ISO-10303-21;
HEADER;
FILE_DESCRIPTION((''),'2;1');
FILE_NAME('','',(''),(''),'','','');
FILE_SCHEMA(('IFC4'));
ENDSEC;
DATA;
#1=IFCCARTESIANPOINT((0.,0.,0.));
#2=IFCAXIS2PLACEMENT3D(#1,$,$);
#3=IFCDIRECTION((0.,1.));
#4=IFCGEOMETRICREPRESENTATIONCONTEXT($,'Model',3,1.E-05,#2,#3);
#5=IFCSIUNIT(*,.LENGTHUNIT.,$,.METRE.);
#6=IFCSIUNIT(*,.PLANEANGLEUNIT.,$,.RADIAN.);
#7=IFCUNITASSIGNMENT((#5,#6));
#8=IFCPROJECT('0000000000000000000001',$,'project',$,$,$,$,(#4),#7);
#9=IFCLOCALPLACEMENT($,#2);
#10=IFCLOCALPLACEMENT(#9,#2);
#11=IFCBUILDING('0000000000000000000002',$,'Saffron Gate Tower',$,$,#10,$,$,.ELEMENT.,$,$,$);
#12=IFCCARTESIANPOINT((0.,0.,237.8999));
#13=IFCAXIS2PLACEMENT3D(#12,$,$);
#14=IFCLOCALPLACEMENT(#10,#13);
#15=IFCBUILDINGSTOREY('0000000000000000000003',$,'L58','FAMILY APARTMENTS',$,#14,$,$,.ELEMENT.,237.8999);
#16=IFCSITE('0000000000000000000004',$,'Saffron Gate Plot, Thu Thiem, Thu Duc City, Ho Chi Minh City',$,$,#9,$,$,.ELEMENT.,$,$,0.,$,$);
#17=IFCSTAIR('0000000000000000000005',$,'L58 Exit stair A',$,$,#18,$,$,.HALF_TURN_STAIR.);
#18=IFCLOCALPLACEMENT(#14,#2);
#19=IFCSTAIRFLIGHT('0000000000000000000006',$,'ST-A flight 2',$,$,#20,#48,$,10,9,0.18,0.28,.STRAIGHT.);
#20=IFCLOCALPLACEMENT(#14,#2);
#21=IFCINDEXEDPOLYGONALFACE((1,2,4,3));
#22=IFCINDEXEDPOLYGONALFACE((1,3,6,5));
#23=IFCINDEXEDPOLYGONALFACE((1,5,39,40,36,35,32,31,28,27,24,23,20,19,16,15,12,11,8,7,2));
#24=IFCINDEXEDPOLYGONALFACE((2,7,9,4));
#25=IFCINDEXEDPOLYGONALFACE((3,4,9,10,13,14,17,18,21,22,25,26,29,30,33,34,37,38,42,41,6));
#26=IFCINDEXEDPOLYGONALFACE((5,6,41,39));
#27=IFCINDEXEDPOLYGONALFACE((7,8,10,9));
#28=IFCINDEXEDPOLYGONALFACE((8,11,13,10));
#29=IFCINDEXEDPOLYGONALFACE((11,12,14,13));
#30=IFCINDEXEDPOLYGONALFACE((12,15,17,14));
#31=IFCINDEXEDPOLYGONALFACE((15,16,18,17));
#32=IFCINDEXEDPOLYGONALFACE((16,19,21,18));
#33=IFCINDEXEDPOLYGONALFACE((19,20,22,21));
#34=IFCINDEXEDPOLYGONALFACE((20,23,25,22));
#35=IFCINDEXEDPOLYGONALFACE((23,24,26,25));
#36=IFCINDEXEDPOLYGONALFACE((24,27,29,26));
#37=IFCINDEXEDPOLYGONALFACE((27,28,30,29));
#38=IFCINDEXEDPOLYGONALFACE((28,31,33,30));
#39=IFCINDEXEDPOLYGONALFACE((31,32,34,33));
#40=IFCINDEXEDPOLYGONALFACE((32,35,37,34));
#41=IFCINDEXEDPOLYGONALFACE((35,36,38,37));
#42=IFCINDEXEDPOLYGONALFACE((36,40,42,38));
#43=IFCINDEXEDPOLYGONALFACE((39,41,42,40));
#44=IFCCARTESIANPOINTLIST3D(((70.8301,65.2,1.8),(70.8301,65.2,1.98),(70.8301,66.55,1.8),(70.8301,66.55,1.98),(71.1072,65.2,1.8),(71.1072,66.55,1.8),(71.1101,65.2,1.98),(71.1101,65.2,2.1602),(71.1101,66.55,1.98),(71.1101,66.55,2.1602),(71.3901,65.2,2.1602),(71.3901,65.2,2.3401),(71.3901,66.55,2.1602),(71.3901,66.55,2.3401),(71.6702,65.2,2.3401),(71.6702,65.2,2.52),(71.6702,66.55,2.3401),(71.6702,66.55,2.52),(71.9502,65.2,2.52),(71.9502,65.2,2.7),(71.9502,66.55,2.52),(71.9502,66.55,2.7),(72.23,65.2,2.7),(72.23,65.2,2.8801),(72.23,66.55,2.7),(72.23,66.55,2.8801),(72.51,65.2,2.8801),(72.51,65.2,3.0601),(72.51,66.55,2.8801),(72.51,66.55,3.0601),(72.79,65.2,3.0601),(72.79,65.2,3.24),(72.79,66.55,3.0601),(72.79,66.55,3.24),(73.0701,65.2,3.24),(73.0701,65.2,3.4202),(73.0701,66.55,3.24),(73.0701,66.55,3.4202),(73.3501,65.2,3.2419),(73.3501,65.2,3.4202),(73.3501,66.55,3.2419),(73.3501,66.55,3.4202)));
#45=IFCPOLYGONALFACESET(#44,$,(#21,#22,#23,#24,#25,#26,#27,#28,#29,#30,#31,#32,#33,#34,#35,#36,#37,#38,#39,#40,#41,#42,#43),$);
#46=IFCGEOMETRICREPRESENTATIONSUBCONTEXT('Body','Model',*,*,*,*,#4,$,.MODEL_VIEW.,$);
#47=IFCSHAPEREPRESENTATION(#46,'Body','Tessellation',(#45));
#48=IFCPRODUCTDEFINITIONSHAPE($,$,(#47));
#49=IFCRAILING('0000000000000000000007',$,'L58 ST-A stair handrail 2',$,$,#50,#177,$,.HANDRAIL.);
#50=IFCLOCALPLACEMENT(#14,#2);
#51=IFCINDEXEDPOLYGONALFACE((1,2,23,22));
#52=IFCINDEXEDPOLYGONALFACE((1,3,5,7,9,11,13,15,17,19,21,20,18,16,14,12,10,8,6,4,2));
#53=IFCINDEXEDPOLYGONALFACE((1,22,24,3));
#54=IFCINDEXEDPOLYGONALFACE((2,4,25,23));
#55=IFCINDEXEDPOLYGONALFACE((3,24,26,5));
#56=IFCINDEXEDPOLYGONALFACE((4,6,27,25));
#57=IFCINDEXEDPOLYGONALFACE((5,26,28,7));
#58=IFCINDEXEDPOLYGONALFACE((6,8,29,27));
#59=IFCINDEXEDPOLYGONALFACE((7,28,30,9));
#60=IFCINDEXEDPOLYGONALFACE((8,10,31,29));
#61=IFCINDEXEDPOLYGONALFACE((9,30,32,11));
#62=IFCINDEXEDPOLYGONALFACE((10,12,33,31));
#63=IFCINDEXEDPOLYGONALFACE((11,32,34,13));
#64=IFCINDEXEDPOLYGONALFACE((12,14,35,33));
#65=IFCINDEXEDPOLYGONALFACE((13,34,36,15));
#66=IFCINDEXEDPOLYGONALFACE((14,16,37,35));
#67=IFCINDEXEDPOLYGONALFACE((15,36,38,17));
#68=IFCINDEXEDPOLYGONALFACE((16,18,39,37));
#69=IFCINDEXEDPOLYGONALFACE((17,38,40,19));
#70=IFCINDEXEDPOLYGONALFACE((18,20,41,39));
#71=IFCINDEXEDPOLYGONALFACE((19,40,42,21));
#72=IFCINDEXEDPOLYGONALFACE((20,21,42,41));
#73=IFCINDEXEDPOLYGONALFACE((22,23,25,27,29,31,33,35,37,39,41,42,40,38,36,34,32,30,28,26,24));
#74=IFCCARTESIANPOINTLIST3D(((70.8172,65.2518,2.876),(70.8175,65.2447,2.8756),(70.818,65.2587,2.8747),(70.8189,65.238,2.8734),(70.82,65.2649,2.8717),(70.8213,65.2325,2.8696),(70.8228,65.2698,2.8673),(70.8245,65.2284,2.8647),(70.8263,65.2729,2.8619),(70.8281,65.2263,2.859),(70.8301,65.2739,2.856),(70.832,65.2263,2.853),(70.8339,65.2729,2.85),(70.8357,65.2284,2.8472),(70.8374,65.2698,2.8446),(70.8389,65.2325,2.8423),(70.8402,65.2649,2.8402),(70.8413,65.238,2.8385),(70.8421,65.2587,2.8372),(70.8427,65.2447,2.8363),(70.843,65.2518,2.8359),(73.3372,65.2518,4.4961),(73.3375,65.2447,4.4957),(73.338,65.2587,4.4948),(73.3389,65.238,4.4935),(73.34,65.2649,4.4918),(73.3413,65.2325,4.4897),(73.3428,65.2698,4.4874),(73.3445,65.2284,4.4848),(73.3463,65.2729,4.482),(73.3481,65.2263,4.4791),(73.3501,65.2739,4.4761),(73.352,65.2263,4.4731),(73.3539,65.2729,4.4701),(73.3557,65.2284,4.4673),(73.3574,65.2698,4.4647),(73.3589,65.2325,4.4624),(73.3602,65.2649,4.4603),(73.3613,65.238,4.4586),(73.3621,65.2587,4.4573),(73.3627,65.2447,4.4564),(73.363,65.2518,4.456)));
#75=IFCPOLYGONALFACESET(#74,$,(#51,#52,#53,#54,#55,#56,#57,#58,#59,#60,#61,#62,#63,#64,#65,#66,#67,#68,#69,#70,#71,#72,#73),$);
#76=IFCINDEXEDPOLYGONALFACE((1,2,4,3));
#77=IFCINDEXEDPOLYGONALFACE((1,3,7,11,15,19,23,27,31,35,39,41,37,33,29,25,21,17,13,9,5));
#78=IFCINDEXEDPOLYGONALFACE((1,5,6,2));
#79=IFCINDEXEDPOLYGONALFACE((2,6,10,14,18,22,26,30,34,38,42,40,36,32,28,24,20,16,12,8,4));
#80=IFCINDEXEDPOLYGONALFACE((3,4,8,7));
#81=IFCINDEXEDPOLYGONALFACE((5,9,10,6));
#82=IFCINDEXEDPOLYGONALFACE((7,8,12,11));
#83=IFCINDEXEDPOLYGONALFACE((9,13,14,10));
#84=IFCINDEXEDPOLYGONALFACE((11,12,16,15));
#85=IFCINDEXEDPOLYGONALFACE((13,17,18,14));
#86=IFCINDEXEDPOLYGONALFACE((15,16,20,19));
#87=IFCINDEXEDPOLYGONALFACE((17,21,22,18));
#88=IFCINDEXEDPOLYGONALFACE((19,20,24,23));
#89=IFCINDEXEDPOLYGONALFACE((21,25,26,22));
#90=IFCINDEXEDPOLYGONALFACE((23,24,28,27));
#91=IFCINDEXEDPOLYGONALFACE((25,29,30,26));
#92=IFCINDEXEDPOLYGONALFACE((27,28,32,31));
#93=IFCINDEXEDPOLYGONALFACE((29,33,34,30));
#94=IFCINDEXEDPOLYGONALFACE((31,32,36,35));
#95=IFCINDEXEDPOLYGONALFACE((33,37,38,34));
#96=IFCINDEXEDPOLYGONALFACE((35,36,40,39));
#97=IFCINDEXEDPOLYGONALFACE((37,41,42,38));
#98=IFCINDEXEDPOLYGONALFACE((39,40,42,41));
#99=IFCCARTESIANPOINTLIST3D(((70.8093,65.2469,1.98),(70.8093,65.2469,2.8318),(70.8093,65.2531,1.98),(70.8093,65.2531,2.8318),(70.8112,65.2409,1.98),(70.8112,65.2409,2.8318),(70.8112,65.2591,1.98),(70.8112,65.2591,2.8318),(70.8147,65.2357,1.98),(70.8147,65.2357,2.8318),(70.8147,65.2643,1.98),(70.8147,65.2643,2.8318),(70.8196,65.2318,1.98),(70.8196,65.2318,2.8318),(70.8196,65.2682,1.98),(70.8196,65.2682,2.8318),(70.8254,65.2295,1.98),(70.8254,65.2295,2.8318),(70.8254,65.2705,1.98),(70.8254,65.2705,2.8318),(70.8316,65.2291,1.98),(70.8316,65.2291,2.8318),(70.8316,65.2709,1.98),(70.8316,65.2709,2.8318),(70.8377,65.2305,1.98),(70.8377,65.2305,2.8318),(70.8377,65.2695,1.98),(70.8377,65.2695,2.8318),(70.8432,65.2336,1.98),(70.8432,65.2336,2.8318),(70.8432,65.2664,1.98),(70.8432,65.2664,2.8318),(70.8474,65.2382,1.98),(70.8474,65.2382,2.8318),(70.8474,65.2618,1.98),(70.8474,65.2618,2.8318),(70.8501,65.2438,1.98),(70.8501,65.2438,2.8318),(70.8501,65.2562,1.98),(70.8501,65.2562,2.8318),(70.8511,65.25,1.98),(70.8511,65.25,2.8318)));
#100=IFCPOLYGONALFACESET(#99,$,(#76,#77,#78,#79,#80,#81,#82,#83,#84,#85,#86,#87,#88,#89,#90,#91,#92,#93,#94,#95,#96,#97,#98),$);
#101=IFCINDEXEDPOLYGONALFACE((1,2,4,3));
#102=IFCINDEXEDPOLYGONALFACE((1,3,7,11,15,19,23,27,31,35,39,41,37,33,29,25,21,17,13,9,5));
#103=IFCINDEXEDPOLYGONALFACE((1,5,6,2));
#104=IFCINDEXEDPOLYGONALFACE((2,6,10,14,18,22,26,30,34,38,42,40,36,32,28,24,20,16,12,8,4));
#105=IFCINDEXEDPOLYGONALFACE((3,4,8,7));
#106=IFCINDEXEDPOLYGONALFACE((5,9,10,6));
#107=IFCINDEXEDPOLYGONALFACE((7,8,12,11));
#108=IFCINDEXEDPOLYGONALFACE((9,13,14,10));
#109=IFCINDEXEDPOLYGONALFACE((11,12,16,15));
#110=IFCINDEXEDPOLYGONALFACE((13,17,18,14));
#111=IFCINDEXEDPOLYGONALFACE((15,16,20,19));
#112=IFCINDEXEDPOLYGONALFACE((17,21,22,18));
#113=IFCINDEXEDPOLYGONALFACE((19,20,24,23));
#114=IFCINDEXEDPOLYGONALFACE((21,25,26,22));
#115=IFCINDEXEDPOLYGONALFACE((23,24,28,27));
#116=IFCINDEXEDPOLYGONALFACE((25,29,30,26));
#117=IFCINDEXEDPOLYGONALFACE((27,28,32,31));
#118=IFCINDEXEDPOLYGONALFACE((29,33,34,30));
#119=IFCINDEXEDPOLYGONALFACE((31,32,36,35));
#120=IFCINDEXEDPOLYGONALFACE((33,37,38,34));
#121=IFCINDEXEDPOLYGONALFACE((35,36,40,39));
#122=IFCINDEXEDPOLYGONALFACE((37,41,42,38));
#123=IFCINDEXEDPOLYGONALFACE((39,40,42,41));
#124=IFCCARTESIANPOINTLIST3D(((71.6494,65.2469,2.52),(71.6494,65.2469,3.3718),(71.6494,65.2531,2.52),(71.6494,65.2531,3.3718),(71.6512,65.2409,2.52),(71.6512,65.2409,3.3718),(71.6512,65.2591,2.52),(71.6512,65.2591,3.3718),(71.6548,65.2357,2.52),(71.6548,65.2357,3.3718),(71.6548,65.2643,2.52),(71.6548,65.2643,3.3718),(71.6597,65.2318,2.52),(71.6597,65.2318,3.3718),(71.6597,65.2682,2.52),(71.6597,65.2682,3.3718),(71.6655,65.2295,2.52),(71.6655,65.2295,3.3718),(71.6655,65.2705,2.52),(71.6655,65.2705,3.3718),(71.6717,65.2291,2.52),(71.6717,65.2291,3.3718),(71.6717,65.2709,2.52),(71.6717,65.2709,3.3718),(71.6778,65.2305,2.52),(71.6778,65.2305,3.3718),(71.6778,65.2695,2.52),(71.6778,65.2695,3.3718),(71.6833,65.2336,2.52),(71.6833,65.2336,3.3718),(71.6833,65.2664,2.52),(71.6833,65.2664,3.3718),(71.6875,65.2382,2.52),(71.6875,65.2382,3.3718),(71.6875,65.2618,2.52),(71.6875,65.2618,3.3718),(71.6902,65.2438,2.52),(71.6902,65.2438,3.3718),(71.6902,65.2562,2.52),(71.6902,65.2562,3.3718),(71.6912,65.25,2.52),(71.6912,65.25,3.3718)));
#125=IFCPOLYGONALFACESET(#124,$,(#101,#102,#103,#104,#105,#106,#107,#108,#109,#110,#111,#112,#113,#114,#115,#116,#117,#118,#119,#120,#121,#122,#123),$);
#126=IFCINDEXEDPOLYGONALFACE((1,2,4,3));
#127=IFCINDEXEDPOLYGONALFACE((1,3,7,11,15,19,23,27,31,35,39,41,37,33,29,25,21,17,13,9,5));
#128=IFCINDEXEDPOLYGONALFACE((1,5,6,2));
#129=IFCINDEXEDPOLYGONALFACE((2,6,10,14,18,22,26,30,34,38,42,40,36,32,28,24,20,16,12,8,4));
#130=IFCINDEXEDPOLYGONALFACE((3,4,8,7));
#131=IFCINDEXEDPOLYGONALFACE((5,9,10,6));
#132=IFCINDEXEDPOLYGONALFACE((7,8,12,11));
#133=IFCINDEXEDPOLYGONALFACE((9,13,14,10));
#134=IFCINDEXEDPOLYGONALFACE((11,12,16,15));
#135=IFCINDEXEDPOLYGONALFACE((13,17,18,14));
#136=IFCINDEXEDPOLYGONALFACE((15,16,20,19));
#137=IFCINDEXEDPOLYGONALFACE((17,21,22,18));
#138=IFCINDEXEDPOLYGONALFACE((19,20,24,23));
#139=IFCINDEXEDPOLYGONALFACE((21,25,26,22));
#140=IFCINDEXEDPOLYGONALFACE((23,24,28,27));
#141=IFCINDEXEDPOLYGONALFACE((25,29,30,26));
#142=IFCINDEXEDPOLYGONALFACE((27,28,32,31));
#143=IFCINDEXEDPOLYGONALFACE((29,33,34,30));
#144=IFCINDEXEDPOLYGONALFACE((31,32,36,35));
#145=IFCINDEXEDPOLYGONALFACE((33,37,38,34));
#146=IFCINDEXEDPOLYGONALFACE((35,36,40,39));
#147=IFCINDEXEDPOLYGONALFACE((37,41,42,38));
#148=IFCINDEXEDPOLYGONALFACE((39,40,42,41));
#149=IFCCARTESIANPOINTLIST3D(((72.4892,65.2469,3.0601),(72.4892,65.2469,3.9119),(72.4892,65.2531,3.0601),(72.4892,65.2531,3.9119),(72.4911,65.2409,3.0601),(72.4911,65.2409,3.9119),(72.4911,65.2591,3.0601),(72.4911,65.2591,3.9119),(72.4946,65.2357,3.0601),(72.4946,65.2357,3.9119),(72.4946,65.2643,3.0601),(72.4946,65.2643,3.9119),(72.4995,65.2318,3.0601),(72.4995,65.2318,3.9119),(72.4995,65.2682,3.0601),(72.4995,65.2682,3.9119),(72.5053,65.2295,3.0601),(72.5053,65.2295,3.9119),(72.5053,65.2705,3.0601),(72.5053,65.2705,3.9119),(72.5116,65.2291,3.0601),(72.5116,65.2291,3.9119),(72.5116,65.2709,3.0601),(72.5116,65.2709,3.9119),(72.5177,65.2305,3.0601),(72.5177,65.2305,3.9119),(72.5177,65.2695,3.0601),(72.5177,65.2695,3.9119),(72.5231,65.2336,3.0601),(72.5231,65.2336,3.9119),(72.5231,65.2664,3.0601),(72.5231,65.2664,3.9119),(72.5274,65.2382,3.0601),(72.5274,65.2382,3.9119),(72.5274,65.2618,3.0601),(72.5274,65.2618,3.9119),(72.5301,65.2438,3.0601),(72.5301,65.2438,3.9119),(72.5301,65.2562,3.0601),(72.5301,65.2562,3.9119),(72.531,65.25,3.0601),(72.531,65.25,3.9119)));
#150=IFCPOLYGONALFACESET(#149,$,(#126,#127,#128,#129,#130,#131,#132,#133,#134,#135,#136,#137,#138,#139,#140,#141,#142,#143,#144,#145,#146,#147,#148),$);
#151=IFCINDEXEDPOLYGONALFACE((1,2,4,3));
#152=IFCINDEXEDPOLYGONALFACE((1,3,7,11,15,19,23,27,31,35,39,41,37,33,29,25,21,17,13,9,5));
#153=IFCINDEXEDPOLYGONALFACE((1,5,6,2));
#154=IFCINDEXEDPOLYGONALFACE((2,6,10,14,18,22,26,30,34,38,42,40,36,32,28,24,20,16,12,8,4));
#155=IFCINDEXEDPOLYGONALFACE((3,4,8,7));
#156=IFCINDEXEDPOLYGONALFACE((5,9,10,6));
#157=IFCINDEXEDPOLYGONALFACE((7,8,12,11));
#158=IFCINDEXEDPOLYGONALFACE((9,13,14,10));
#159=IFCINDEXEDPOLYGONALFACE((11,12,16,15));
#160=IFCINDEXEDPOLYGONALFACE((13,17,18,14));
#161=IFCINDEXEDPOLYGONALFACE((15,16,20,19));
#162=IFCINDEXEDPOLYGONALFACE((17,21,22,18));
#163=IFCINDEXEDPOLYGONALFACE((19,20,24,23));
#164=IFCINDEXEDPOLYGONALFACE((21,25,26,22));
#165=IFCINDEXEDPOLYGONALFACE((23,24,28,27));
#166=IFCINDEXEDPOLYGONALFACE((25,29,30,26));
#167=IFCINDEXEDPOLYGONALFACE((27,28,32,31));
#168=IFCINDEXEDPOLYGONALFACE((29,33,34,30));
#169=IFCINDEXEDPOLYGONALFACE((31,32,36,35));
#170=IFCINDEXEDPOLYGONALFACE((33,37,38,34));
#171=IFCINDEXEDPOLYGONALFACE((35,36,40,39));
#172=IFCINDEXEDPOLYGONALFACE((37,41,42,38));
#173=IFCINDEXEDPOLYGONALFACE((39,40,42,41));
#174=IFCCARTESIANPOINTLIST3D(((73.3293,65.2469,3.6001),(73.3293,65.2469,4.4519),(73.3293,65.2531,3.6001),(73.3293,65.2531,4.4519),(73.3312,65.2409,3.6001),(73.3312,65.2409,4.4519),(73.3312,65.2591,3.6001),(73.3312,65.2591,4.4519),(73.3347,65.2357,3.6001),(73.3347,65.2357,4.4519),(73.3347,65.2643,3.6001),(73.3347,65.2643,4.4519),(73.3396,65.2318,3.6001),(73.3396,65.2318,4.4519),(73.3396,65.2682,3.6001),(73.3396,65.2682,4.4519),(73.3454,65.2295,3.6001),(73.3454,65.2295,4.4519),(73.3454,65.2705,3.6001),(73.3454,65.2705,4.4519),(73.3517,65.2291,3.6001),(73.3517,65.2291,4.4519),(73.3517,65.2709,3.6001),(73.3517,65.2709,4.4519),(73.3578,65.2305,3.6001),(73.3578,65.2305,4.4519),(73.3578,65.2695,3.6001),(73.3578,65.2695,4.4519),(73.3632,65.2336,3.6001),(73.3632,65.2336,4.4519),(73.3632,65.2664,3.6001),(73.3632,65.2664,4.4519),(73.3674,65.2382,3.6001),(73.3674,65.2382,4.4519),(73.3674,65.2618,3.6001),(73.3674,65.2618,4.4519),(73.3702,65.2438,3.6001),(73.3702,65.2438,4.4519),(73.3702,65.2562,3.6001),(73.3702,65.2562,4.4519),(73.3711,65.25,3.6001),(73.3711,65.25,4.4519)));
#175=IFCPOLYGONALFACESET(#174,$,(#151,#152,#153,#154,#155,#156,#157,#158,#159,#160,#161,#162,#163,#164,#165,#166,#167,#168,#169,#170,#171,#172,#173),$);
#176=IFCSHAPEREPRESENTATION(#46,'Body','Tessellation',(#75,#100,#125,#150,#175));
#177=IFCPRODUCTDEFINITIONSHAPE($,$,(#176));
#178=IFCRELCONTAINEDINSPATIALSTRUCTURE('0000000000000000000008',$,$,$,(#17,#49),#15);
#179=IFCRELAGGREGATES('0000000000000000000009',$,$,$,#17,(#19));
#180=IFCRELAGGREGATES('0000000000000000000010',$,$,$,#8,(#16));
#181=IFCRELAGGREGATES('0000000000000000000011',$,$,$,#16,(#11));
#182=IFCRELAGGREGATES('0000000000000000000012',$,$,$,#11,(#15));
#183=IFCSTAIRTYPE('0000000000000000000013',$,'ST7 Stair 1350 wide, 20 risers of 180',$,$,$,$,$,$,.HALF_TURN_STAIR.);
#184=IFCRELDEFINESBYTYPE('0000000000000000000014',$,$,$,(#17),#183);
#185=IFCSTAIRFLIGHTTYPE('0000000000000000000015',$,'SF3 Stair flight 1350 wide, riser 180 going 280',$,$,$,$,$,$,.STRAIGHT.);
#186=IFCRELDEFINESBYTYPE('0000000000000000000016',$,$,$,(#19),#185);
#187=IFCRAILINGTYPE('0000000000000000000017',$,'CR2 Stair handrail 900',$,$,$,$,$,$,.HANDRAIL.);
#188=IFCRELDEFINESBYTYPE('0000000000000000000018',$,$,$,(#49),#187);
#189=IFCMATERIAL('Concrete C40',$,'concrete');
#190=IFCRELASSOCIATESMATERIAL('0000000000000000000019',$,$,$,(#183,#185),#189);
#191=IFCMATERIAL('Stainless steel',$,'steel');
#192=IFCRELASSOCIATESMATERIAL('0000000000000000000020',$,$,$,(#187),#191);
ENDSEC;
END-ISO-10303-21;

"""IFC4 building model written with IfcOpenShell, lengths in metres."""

from ifc_helpers import new_model, si_unit, direction, frame, origin, origin_2d, place, context, subcontext, project, spatial, polyline, circle, outline, extrude, material, type_object, element, aggregate, save


model = new_model("IFC4")

# Units and contexts
model_context = context("Model", 3, precision=1e-05, world=origin(), true_north=direction((0.0, 1.0)))
body_context = subcontext(model_context, "Body", "Model", "MODEL_VIEW")
ifc_project = project(units=[si_unit("LENGTHUNIT", "METRE"), si_unit("PLANEANGLEUNIT", "RADIAN")], contexts=[model_context])

# Site, building, storey
site_placement = place(None, origin())
site = spatial("IfcSite", under=ifc_project, at=site_placement, Name="Saffron Gate Plot, Thu Thiem, Thu Duc City, Ho Chi Minh City", CompositionType="ELEMENT", RefElevation=0.0)
building_placement = place(site_placement, origin())
building = spatial("IfcBuilding", under=site, at=building_placement, Name="Saffron Gate Tower", CompositionType="ELEMENT")
storey_placement = place(building_placement, frame((0.0, 0.0, 237.8999)))
storey = spatial("IfcBuildingStorey", under=building, at=storey_placement, Name="L58", Description="FAMILY APARTMENTS", CompositionType="ELEMENT", Elevation=237.8999)

# Stair, stair flight
ifc_material_1 = material(Name="Concrete C40", Category="concrete")
stair_type = type_object("IfcStairType", Name="ST7 Stair 1350 wide, 20 risers of 180", PredefinedType="HALF_TURN_STAIR", material=ifc_material_1)
stair_placement = place(storey_placement, origin())
stair = element("IfcStair", 1, at=stair_placement, inside=storey, type_object=stair_type, Name="L58 Exit stair A", PredefinedType="HALF_TURN_STAIR")
stair_flight_type = type_object("IfcStairFlightType", Name="SF3 Stair flight 1350 wide, riser 180 going 280", PredefinedType="STRAIGHT", material=ifc_material_1)
stair_flight_1_placement = place(storey_placement, frame((70.8301, 65.875, 1.8), z_axis=(0.0, 0.0, 1.0), x_axis=(1.0, 0.0, 0.0)))
stair_flight_1 = element("IfcStairFlight", 2, at=stair_flight_1_placement, type_object=stair_flight_type, Name="ST-A flight 2", NumberOfRisers=10, NumberOfTreads=9, PredefinedType="STRAIGHT", RiserHeight=0.18, TreadLength=0.28, context=body_context, shape_type="SweptSolid", body=[
    extrude(outline(polyline([(0.0, 0.0), (0.0, 0.1799), (0.28, 0.1799), (0.28, 0.3601), (0.5601, 0.3601), (0.5601, 0.54), (0.8401, 0.54), (0.8401, 0.72), (1.1201, 0.72), (1.1201, 0.8999), (1.3999, 0.8999), (1.3999, 1.0801), (1.6799, 1.0801), (1.6799, 1.26), (1.96, 1.26), (1.96, 1.4399), (2.24, 1.4399), (2.24, 1.6201), (2.52, 1.6201), (2.52, 1.8), (2.52, 1.4419), (0.2771, 0.0), (0.0, 0.0)])), frame((0.0, 0.675, 0.0), z_axis=(0.0, -1.0, 0.0), x_axis=(1.0, 0.0, 0.0)), (0.0, 0.0, 1.0), 1.3501),
])
aggregate(stair, [stair_flight_1])

# Railing
ifc_material_2 = material(Name="Stainless steel", Category="steel")
railing_type_1 = type_object("IfcRailingType", Name="CR2 Stair handrail 900", PredefinedType="HANDRAIL", material=ifc_material_2)
railing_1_placement = place(storey_placement, frame((70.8301, 65.25, 1.98)))
element("IfcRailing", 3, at=railing_1_placement, inside=storey, type_object=railing_type_1, Name="L58 ST-A stair handrail 2", PredefinedType="HANDRAIL", context=body_context, shape_type="SweptSolid", body=[
    extrude(circle(Radius=0.0239, at=origin_2d()), frame((0.0, 0.0, 0.876), z_axis=(0.841163, 0.0, 0.540782), x_axis=(0.0, 1.0, 0.0)), (0.0, 0.0, 1.0), 2.9958),
    extrude(circle(Radius=0.021, at=origin_2d()), origin(), (0.0, 0.0, 1.0), 0.8518),
    extrude(circle(Radius=0.021, at=origin_2d()), frame((0.8401, 0.0, 0.54)), (0.0, 0.0, 1.0), 0.8518),
    extrude(circle(Radius=0.021, at=origin_2d()), frame((1.6799, 0.0, 1.0801)), (0.0, 0.0, 1.0), 0.8518),
    extrude(circle(Radius=0.021, at=origin_2d()), frame((2.52, 0.0, 1.6201)), (0.0, 0.0, 1.0), 0.8518),
])

save(model, "model.ifc")
